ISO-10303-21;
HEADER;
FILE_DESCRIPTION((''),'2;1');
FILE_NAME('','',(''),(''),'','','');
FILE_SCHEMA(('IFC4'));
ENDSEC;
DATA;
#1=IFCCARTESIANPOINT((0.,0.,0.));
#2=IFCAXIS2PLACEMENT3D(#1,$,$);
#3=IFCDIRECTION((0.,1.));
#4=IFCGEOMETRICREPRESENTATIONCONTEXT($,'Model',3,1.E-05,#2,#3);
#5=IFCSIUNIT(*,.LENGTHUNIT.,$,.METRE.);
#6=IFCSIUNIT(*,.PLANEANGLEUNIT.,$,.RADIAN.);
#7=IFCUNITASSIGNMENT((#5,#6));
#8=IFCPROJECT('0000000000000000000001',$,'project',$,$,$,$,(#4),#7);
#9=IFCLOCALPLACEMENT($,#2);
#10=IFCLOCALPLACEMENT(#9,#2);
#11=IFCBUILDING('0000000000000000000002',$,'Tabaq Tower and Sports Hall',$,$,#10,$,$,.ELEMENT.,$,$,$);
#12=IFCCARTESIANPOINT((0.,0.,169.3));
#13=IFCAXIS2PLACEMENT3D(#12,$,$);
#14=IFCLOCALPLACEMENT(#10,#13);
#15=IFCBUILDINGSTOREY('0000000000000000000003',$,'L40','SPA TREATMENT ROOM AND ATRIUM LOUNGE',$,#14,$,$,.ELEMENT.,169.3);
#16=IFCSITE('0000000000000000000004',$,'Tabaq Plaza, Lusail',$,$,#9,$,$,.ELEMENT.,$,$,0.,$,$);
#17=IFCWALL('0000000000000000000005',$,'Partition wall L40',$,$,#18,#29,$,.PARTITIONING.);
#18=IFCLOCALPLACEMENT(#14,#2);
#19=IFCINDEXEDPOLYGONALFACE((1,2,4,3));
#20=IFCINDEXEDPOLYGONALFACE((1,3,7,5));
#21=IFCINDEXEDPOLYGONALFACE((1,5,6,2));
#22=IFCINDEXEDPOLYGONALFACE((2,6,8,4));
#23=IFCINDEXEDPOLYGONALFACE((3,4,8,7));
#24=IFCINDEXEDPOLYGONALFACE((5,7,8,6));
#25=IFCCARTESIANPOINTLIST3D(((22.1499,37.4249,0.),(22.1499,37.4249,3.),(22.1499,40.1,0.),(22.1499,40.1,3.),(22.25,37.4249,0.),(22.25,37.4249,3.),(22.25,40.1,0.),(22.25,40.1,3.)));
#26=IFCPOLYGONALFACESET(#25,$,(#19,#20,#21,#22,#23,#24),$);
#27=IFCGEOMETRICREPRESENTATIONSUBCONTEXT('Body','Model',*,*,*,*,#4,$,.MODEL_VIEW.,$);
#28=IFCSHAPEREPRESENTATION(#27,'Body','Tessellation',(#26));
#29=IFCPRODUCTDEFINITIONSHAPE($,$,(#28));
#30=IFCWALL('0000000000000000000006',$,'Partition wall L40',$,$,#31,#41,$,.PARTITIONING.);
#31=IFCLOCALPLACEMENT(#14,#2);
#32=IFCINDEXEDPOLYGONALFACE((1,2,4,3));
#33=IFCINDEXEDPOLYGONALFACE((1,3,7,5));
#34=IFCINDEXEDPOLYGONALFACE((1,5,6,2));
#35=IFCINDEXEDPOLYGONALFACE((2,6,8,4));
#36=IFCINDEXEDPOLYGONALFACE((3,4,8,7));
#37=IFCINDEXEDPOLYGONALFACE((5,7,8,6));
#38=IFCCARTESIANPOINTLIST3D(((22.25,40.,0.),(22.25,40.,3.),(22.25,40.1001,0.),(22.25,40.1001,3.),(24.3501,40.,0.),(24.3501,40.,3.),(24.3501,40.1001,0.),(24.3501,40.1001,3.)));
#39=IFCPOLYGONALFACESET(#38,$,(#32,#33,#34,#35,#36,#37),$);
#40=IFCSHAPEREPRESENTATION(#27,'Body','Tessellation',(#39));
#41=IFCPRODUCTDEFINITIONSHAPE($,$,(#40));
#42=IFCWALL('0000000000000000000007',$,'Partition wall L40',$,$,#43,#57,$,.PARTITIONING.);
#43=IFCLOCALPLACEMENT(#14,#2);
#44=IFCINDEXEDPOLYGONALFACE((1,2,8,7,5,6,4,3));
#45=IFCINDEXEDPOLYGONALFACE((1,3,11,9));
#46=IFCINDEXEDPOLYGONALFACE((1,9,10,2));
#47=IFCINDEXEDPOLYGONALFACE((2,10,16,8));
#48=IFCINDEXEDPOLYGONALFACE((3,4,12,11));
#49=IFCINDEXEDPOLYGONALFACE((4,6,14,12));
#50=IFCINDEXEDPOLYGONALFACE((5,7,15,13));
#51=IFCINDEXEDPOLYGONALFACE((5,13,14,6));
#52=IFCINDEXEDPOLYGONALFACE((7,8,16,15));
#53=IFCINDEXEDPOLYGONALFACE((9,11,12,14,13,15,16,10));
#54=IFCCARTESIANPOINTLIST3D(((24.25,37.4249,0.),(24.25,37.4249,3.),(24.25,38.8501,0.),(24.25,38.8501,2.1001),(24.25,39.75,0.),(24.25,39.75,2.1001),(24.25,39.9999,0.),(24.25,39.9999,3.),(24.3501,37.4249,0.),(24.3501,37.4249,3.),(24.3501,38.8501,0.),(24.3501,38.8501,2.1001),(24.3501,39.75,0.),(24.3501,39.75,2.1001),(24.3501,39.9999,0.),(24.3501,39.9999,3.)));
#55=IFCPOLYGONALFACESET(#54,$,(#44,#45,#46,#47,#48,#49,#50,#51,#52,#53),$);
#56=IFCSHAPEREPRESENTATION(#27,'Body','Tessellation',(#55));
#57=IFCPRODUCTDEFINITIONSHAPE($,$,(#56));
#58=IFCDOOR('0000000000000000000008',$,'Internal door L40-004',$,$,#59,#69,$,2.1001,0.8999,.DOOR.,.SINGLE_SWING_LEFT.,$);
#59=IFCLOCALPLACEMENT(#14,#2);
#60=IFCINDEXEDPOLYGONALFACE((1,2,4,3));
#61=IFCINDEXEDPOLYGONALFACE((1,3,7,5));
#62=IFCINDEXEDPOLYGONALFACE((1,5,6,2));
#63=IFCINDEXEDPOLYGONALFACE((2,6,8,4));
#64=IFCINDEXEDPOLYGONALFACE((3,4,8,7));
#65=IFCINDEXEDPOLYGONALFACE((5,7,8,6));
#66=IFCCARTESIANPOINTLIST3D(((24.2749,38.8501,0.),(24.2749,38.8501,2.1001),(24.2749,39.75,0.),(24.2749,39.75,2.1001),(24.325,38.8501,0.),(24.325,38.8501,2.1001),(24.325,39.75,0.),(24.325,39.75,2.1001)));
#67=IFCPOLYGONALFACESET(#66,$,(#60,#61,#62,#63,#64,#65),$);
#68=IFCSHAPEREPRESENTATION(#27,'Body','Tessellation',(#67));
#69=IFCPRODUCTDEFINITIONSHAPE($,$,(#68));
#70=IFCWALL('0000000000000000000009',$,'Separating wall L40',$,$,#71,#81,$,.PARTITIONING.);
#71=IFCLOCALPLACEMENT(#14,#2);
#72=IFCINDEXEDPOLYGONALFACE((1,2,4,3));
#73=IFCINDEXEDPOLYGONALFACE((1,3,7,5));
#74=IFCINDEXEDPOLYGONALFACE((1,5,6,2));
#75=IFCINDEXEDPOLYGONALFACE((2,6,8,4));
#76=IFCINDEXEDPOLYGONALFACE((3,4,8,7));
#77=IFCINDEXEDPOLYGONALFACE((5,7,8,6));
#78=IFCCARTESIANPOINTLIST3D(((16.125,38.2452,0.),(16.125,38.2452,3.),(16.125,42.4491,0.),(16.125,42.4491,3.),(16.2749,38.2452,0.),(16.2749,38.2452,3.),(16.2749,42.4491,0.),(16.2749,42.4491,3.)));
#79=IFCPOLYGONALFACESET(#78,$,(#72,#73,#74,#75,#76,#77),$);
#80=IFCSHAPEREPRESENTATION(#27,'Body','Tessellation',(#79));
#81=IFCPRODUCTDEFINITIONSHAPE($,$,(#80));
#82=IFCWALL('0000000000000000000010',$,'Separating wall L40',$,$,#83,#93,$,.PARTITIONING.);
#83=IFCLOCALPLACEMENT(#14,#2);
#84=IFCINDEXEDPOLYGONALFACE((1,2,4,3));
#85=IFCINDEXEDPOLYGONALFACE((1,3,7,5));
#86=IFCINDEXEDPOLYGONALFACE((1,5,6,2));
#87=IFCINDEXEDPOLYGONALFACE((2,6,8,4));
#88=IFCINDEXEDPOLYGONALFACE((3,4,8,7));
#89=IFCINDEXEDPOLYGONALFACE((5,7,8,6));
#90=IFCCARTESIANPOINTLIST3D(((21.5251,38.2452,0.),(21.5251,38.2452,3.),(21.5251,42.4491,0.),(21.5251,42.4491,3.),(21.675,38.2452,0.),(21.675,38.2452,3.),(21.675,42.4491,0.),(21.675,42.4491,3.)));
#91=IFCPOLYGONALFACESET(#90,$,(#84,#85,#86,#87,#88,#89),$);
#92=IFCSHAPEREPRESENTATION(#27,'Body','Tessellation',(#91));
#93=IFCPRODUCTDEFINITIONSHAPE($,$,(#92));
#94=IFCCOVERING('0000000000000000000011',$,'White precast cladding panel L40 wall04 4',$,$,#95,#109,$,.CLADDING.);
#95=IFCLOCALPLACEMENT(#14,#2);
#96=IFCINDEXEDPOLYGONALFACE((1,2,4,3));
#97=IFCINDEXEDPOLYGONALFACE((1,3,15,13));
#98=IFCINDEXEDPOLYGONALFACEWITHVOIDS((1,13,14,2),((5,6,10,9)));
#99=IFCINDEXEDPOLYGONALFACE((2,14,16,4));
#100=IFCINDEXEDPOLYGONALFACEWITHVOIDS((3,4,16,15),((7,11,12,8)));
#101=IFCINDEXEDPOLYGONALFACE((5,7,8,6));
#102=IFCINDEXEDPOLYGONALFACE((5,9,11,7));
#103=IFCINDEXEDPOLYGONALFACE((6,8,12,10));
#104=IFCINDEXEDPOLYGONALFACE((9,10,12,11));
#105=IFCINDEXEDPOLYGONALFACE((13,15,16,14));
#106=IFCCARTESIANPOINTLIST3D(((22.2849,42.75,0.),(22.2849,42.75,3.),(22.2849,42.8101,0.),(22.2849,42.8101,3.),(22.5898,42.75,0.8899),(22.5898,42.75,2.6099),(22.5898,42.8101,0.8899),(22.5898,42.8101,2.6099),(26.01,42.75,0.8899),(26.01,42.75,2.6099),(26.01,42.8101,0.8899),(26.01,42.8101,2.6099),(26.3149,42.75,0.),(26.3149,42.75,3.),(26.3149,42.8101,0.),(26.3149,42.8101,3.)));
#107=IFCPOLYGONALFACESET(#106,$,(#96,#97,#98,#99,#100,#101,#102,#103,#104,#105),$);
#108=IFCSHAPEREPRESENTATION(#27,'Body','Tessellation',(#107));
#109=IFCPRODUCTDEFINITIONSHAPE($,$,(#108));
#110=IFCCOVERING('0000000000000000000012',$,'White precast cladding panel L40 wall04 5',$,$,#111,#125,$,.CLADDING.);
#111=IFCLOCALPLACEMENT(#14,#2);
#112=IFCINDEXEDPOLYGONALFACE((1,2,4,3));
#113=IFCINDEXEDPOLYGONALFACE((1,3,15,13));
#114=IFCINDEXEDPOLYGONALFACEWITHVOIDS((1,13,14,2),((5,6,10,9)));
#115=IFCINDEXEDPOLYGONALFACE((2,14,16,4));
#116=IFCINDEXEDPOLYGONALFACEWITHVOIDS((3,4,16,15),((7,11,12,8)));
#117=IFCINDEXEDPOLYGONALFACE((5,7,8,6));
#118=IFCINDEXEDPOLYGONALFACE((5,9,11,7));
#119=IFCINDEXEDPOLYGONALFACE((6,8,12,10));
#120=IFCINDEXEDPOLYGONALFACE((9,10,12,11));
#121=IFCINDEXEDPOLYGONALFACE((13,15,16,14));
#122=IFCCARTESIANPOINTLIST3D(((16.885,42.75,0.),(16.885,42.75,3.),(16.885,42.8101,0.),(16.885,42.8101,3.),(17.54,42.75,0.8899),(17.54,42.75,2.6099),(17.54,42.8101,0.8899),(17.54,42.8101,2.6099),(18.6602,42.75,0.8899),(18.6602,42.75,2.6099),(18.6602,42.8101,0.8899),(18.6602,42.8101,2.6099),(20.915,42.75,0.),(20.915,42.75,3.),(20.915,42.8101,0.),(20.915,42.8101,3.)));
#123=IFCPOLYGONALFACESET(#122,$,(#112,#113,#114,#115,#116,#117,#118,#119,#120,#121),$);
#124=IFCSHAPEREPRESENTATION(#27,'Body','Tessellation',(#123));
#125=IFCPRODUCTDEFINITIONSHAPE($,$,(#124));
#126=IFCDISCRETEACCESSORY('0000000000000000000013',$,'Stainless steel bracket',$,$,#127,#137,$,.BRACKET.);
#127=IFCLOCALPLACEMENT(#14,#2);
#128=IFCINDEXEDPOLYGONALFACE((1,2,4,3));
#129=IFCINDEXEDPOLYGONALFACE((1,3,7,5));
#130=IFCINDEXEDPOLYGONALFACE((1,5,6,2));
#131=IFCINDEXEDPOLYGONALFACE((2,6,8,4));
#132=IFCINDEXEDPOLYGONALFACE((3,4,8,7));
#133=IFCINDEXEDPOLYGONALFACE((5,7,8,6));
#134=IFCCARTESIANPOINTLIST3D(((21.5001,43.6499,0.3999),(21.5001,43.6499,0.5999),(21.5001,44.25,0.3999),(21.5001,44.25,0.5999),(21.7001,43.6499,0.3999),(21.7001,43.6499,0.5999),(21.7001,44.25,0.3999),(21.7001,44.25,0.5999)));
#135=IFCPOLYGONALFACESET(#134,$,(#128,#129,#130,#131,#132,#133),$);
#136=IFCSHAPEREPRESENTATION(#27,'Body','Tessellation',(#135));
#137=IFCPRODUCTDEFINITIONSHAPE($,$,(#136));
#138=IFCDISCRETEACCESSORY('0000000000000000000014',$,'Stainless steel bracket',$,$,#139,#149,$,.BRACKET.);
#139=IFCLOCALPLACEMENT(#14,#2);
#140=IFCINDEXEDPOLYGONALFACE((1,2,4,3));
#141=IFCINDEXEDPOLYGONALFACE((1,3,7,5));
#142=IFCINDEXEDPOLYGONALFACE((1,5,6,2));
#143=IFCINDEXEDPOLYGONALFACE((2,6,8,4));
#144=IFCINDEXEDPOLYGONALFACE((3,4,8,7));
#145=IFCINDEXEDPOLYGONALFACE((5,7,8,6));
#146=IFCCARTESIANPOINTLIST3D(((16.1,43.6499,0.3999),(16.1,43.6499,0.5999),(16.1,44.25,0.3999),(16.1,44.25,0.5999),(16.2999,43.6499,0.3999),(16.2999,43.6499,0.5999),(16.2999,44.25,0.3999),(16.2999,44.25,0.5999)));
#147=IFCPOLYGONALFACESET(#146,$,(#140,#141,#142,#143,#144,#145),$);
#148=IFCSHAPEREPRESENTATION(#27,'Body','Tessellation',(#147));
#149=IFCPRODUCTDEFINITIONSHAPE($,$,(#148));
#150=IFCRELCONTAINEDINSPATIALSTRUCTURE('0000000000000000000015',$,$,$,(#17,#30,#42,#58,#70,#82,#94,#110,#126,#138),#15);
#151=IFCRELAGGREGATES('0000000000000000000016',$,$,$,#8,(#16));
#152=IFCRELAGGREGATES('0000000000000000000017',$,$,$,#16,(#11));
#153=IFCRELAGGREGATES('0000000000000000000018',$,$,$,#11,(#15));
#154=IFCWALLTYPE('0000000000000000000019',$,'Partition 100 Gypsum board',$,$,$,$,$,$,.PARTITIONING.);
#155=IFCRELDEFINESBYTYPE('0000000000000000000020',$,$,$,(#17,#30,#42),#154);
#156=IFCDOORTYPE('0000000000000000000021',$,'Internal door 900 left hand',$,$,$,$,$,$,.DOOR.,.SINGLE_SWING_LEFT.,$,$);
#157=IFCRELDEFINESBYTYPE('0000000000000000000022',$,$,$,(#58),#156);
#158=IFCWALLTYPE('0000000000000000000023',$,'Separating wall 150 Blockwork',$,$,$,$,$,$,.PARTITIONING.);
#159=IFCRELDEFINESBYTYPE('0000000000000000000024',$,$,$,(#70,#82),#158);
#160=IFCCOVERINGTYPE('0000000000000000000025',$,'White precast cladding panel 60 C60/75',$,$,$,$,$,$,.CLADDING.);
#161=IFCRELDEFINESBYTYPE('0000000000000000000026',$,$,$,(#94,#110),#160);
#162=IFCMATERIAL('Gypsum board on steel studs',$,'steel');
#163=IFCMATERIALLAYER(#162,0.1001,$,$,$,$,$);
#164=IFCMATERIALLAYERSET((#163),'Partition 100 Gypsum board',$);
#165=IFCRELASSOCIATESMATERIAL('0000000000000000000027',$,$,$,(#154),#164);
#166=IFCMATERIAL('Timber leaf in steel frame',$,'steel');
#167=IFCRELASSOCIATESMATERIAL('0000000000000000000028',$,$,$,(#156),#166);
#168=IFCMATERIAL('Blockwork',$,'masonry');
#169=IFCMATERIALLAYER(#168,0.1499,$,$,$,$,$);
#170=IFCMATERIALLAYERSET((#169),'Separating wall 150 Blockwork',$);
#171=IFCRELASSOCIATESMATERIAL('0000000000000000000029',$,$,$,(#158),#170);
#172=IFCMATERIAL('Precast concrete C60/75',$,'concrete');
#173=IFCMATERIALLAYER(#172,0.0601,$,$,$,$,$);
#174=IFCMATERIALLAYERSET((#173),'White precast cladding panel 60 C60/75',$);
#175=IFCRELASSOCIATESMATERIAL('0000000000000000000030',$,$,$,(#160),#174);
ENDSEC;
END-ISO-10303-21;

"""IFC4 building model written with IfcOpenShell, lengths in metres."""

from ifc_helpers import new_model, si_unit, direction, frame, frame_2d, origin, origin_2d, place, context, subcontext, project, spatial, polyline, rectangle, outline, extrude, material, layer, layer_set, type_object, element, fill, save


model = new_model("IFC4")

# Units and contexts
model_context = context("Model", 3, precision=1e-05, world=origin(), true_north=direction((0.0, 1.0)))
body_context = subcontext(model_context, "Body", "Model", "MODEL_VIEW")
ifc_project = project(units=[si_unit("LENGTHUNIT", "METRE"), si_unit("PLANEANGLEUNIT", "RADIAN")], contexts=[model_context])

# Site, building, storey
site_placement = place(None, origin())
site = spatial("IfcSite", under=ifc_project, at=site_placement, Name="Tabaq Plaza, Lusail", CompositionType="ELEMENT", RefElevation=0.0)
building_placement = place(site_placement, origin())
building = spatial("IfcBuilding", under=site, at=building_placement, Name="Tabaq Tower and Sports Hall", CompositionType="ELEMENT")
storey_placement = place(building_placement, frame((0.0, 0.0, 169.3)))
storey = spatial("IfcBuildingStorey", under=building, at=storey_placement, Name="L40", Description="SPA TREATMENT ROOM AND ATRIUM LOUNGE", CompositionType="ELEMENT", Elevation=169.3)

# Shared definitions
ifc_material_1 = material(Name="Gypsum board on steel studs", Category="steel")
ifc_layer_1 = layer(ifc_material_1, 0.1001)
ifc_layer_set_1 = layer_set([ifc_layer_1], Name="Partition 100 Gypsum board")
wall_type_1 = type_object("IfcWallType", Name="Partition 100 Gypsum board", PredefinedType="PARTITIONING", material=ifc_layer_set_1)

# Walls
wall_1_placement = place(storey_placement, frame((22.2, 37.425, 0.0), z_axis=(0.0, 0.0, 1.0), x_axis=(0.0, 1.0, 0.0)))
element("IfcWall", 1, at=wall_1_placement, inside=storey, type_object=wall_type_1, Name="Partition wall L40", PredefinedType="PARTITIONING", context=body_context, shape_type="SweptSolid", body=[
    extrude(rectangle(XDim=2.675, YDim=0.1001, at=frame_2d((1.3374, 0.0))), origin(), (0.0, 0.0, 1.0), 3.0),
])
wall_2_placement = place(storey_placement, frame((22.25, 40.05, 0.0), z_axis=(0.0, 0.0, 1.0), x_axis=(1.0, 0.0, 0.0)))
element("IfcWall", 2, at=wall_2_placement, inside=storey, type_object=wall_type_1, Name="Partition wall L40", PredefinedType="PARTITIONING", context=body_context, shape_type="SweptSolid", body=[
    extrude(rectangle(XDim=2.1001, YDim=0.1001, at=frame_2d((1.05, 0.0))), origin(), (0.0, 0.0, 1.0), 3.0),
])

# Wall, opening, door
wall_3_placement = place(storey_placement, frame((24.3, 40.0, 0.0), z_axis=(0.0, 0.0, 1.0), x_axis=(0.0, -1.0, 0.0)))
wall_3 = element("IfcWall", 3, at=wall_3_placement, inside=storey, type_object=wall_type_1, Name="Partition wall L40", PredefinedType="PARTITIONING", context=body_context, shape_type="SweptSolid", body=[
    extrude(rectangle(XDim=2.575, YDim=0.1001, at=frame_2d((1.2876, 0.0))), origin(), (0.0, 0.0, 1.0), 3.0),
])
opening_1_placement = place(wall_3_placement, frame((0.25, 0.0, 0.0)))
opening_1 = element("IfcOpeningElement", 4, at=opening_1_placement, cuts=wall_3, PredefinedType="OPENING", context=body_context, shape_type="SweptSolid", body=[
    extrude(rectangle(XDim=0.8999, YDim=2.1001, at=frame_2d((0.45, 1.05))), frame((0.0, 0.05, 0.0), z_axis=(0.0, -1.0, 0.0), x_axis=(1.0, 0.0, 0.0)), (0.0, 0.0, 1.0), 0.1001),
])
ifc_material_2 = material(Name="Timber leaf in steel frame", Category="steel")
door_type_1 = type_object("IfcDoorType", Name="Internal door 900 left hand", OperationType="SINGLE_SWING_LEFT", PredefinedType="DOOR", material=ifc_material_2)
door_1_placement = place(opening_1_placement, origin())
door_1 = element("IfcDoor", 5, at=door_1_placement, inside=storey, type_object=door_type_1, Name="Internal door L40-004", OperationType="SINGLE_SWING_LEFT", OverallHeight=2.1001, OverallWidth=0.8999, PredefinedType="DOOR", context=body_context, shape_type="SweptSolid", body=[
    extrude(rectangle(XDim=0.8999, YDim=2.1001, at=frame_2d((0.45, 1.05))), frame((0.0, 0.0249, 0.0), z_axis=(0.0, -1.0, 0.0), x_axis=(1.0, 0.0, 0.0)), (0.0, 0.0, 1.0), 0.05),
])
fill(opening_1, door_1)

# Walls
ifc_material_3 = material(Name="Blockwork", Category="masonry")
ifc_layer_2 = layer(ifc_material_3, 0.1499)
ifc_layer_set_2 = layer_set([ifc_layer_2], Name="Separating wall 150 Blockwork")
wall_type_2 = type_object("IfcWallType", Name="Separating wall 150 Blockwork", PredefinedType="PARTITIONING", material=ifc_layer_set_2)
for number, where, z_axis, x_axis, name in (
    (6, (16.2, 38.2451, 0.0), (0.0, 0.0, 1.0), (0.0, 1.0, 0.0), "Separating wall L40"),
    (7, (21.6001, 38.2451, 0.0), (0.0, 0.0, 1.0), (0.0, 1.0, 0.0), "Separating wall L40"),
):
    element("IfcWall", number, at=place(storey_placement, frame(where, z_axis=z_axis, x_axis=x_axis)), inside=storey, type_object=wall_type_2, Name=name, PredefinedType="PARTITIONING", context=body_context, shape_type="SweptSolid", body=[
        extrude(rectangle(XDim=4.2039, YDim=0.1499, at=frame_2d((2.1021, 0.0))), origin(), (0.0, 0.0, 1.0), 3.0),
    ])

# Coverings
ifc_material_4 = material(Name="Precast concrete C60/75", Category="concrete")
ifc_layer_3 = layer(ifc_material_4, 0.0601)
ifc_layer_set_3 = layer_set([ifc_layer_3], Name="White precast cladding panel 60 C60/75")
covering_type = type_object("IfcCoveringType", Name="White precast cladding panel 60 C60/75", PredefinedType="CLADDING", material=ifc_layer_set_3)
covering_1_placement = place(storey_placement, frame((26.3149, 42.78, 0.0), z_axis=(0.0, 0.0, 1.0), x_axis=(-1.0, 0.0, 0.0)))
element("IfcCovering", 8, at=covering_1_placement, inside=storey, type_object=covering_type, Name="White precast cladding panel L40 wall04 4", PredefinedType="CLADDING", context=body_context, shape_type="SweptSolid", body=[
    extrude(outline(polyline([(0.0, 0.0), (4.03, 0.0), (4.03, 3.0), (0.0, 3.0), (0.0, 0.0)]), holes=[polyline([(0.3049, 0.8899), (0.3049, 2.6099), (3.7251, 2.6099), (3.7251, 0.8899), (0.3049, 0.8899)])]), frame((0.0, 0.03, 0.0), z_axis=(0.0, -1.0, 0.0), x_axis=(1.0, 0.0, 0.0)), (0.0, 0.0, 1.0), 0.0601),
])
covering_2_placement = place(storey_placement, frame((20.915, 42.78, 0.0), z_axis=(0.0, 0.0, 1.0), x_axis=(-1.0, 0.0, 0.0)))
element("IfcCovering", 9, at=covering_2_placement, inside=storey, type_object=covering_type, Name="White precast cladding panel L40 wall04 5", PredefinedType="CLADDING", context=body_context, shape_type="SweptSolid", body=[
    extrude(outline(polyline([(0.0, 0.0), (4.03, 0.0), (4.03, 3.0), (0.0, 3.0), (0.0, 0.0)]), holes=[polyline([(2.2549, 0.8899), (2.2549, 2.6099), (3.375, 2.6099), (3.375, 0.8899), (2.2549, 0.8899)])]), frame((0.0, 0.03, 0.0), z_axis=(0.0, -1.0, 0.0), x_axis=(1.0, 0.0, 0.0)), (0.0, 0.0, 1.0), 0.0601),
])

# Discrete accessories
for number, where, z_axis, x_axis, name in (
    (10, (21.6001, 43.95, 0.3999), (0.0, 0.0, 1.0), (0.0, 1.0, 0.0), "Stainless steel bracket"),
    (11, (16.2, 43.95, 0.3999), (0.0, 0.0, 1.0), (0.0, 1.0, 0.0), "Stainless steel bracket"),
):
    element("IfcDiscreteAccessory", number, at=place(storey_placement, frame(where, z_axis=z_axis, x_axis=x_axis)), inside=storey, Name=name, PredefinedType="BRACKET", context=body_context, shape_type="SweptSolid", body=[
        extrude(rectangle(XDim=0.6001, YDim=0.2, at=origin_2d()), origin(), (0.0, 0.0, 1.0), 0.2),
    ])

save(model, "model.ifc")
